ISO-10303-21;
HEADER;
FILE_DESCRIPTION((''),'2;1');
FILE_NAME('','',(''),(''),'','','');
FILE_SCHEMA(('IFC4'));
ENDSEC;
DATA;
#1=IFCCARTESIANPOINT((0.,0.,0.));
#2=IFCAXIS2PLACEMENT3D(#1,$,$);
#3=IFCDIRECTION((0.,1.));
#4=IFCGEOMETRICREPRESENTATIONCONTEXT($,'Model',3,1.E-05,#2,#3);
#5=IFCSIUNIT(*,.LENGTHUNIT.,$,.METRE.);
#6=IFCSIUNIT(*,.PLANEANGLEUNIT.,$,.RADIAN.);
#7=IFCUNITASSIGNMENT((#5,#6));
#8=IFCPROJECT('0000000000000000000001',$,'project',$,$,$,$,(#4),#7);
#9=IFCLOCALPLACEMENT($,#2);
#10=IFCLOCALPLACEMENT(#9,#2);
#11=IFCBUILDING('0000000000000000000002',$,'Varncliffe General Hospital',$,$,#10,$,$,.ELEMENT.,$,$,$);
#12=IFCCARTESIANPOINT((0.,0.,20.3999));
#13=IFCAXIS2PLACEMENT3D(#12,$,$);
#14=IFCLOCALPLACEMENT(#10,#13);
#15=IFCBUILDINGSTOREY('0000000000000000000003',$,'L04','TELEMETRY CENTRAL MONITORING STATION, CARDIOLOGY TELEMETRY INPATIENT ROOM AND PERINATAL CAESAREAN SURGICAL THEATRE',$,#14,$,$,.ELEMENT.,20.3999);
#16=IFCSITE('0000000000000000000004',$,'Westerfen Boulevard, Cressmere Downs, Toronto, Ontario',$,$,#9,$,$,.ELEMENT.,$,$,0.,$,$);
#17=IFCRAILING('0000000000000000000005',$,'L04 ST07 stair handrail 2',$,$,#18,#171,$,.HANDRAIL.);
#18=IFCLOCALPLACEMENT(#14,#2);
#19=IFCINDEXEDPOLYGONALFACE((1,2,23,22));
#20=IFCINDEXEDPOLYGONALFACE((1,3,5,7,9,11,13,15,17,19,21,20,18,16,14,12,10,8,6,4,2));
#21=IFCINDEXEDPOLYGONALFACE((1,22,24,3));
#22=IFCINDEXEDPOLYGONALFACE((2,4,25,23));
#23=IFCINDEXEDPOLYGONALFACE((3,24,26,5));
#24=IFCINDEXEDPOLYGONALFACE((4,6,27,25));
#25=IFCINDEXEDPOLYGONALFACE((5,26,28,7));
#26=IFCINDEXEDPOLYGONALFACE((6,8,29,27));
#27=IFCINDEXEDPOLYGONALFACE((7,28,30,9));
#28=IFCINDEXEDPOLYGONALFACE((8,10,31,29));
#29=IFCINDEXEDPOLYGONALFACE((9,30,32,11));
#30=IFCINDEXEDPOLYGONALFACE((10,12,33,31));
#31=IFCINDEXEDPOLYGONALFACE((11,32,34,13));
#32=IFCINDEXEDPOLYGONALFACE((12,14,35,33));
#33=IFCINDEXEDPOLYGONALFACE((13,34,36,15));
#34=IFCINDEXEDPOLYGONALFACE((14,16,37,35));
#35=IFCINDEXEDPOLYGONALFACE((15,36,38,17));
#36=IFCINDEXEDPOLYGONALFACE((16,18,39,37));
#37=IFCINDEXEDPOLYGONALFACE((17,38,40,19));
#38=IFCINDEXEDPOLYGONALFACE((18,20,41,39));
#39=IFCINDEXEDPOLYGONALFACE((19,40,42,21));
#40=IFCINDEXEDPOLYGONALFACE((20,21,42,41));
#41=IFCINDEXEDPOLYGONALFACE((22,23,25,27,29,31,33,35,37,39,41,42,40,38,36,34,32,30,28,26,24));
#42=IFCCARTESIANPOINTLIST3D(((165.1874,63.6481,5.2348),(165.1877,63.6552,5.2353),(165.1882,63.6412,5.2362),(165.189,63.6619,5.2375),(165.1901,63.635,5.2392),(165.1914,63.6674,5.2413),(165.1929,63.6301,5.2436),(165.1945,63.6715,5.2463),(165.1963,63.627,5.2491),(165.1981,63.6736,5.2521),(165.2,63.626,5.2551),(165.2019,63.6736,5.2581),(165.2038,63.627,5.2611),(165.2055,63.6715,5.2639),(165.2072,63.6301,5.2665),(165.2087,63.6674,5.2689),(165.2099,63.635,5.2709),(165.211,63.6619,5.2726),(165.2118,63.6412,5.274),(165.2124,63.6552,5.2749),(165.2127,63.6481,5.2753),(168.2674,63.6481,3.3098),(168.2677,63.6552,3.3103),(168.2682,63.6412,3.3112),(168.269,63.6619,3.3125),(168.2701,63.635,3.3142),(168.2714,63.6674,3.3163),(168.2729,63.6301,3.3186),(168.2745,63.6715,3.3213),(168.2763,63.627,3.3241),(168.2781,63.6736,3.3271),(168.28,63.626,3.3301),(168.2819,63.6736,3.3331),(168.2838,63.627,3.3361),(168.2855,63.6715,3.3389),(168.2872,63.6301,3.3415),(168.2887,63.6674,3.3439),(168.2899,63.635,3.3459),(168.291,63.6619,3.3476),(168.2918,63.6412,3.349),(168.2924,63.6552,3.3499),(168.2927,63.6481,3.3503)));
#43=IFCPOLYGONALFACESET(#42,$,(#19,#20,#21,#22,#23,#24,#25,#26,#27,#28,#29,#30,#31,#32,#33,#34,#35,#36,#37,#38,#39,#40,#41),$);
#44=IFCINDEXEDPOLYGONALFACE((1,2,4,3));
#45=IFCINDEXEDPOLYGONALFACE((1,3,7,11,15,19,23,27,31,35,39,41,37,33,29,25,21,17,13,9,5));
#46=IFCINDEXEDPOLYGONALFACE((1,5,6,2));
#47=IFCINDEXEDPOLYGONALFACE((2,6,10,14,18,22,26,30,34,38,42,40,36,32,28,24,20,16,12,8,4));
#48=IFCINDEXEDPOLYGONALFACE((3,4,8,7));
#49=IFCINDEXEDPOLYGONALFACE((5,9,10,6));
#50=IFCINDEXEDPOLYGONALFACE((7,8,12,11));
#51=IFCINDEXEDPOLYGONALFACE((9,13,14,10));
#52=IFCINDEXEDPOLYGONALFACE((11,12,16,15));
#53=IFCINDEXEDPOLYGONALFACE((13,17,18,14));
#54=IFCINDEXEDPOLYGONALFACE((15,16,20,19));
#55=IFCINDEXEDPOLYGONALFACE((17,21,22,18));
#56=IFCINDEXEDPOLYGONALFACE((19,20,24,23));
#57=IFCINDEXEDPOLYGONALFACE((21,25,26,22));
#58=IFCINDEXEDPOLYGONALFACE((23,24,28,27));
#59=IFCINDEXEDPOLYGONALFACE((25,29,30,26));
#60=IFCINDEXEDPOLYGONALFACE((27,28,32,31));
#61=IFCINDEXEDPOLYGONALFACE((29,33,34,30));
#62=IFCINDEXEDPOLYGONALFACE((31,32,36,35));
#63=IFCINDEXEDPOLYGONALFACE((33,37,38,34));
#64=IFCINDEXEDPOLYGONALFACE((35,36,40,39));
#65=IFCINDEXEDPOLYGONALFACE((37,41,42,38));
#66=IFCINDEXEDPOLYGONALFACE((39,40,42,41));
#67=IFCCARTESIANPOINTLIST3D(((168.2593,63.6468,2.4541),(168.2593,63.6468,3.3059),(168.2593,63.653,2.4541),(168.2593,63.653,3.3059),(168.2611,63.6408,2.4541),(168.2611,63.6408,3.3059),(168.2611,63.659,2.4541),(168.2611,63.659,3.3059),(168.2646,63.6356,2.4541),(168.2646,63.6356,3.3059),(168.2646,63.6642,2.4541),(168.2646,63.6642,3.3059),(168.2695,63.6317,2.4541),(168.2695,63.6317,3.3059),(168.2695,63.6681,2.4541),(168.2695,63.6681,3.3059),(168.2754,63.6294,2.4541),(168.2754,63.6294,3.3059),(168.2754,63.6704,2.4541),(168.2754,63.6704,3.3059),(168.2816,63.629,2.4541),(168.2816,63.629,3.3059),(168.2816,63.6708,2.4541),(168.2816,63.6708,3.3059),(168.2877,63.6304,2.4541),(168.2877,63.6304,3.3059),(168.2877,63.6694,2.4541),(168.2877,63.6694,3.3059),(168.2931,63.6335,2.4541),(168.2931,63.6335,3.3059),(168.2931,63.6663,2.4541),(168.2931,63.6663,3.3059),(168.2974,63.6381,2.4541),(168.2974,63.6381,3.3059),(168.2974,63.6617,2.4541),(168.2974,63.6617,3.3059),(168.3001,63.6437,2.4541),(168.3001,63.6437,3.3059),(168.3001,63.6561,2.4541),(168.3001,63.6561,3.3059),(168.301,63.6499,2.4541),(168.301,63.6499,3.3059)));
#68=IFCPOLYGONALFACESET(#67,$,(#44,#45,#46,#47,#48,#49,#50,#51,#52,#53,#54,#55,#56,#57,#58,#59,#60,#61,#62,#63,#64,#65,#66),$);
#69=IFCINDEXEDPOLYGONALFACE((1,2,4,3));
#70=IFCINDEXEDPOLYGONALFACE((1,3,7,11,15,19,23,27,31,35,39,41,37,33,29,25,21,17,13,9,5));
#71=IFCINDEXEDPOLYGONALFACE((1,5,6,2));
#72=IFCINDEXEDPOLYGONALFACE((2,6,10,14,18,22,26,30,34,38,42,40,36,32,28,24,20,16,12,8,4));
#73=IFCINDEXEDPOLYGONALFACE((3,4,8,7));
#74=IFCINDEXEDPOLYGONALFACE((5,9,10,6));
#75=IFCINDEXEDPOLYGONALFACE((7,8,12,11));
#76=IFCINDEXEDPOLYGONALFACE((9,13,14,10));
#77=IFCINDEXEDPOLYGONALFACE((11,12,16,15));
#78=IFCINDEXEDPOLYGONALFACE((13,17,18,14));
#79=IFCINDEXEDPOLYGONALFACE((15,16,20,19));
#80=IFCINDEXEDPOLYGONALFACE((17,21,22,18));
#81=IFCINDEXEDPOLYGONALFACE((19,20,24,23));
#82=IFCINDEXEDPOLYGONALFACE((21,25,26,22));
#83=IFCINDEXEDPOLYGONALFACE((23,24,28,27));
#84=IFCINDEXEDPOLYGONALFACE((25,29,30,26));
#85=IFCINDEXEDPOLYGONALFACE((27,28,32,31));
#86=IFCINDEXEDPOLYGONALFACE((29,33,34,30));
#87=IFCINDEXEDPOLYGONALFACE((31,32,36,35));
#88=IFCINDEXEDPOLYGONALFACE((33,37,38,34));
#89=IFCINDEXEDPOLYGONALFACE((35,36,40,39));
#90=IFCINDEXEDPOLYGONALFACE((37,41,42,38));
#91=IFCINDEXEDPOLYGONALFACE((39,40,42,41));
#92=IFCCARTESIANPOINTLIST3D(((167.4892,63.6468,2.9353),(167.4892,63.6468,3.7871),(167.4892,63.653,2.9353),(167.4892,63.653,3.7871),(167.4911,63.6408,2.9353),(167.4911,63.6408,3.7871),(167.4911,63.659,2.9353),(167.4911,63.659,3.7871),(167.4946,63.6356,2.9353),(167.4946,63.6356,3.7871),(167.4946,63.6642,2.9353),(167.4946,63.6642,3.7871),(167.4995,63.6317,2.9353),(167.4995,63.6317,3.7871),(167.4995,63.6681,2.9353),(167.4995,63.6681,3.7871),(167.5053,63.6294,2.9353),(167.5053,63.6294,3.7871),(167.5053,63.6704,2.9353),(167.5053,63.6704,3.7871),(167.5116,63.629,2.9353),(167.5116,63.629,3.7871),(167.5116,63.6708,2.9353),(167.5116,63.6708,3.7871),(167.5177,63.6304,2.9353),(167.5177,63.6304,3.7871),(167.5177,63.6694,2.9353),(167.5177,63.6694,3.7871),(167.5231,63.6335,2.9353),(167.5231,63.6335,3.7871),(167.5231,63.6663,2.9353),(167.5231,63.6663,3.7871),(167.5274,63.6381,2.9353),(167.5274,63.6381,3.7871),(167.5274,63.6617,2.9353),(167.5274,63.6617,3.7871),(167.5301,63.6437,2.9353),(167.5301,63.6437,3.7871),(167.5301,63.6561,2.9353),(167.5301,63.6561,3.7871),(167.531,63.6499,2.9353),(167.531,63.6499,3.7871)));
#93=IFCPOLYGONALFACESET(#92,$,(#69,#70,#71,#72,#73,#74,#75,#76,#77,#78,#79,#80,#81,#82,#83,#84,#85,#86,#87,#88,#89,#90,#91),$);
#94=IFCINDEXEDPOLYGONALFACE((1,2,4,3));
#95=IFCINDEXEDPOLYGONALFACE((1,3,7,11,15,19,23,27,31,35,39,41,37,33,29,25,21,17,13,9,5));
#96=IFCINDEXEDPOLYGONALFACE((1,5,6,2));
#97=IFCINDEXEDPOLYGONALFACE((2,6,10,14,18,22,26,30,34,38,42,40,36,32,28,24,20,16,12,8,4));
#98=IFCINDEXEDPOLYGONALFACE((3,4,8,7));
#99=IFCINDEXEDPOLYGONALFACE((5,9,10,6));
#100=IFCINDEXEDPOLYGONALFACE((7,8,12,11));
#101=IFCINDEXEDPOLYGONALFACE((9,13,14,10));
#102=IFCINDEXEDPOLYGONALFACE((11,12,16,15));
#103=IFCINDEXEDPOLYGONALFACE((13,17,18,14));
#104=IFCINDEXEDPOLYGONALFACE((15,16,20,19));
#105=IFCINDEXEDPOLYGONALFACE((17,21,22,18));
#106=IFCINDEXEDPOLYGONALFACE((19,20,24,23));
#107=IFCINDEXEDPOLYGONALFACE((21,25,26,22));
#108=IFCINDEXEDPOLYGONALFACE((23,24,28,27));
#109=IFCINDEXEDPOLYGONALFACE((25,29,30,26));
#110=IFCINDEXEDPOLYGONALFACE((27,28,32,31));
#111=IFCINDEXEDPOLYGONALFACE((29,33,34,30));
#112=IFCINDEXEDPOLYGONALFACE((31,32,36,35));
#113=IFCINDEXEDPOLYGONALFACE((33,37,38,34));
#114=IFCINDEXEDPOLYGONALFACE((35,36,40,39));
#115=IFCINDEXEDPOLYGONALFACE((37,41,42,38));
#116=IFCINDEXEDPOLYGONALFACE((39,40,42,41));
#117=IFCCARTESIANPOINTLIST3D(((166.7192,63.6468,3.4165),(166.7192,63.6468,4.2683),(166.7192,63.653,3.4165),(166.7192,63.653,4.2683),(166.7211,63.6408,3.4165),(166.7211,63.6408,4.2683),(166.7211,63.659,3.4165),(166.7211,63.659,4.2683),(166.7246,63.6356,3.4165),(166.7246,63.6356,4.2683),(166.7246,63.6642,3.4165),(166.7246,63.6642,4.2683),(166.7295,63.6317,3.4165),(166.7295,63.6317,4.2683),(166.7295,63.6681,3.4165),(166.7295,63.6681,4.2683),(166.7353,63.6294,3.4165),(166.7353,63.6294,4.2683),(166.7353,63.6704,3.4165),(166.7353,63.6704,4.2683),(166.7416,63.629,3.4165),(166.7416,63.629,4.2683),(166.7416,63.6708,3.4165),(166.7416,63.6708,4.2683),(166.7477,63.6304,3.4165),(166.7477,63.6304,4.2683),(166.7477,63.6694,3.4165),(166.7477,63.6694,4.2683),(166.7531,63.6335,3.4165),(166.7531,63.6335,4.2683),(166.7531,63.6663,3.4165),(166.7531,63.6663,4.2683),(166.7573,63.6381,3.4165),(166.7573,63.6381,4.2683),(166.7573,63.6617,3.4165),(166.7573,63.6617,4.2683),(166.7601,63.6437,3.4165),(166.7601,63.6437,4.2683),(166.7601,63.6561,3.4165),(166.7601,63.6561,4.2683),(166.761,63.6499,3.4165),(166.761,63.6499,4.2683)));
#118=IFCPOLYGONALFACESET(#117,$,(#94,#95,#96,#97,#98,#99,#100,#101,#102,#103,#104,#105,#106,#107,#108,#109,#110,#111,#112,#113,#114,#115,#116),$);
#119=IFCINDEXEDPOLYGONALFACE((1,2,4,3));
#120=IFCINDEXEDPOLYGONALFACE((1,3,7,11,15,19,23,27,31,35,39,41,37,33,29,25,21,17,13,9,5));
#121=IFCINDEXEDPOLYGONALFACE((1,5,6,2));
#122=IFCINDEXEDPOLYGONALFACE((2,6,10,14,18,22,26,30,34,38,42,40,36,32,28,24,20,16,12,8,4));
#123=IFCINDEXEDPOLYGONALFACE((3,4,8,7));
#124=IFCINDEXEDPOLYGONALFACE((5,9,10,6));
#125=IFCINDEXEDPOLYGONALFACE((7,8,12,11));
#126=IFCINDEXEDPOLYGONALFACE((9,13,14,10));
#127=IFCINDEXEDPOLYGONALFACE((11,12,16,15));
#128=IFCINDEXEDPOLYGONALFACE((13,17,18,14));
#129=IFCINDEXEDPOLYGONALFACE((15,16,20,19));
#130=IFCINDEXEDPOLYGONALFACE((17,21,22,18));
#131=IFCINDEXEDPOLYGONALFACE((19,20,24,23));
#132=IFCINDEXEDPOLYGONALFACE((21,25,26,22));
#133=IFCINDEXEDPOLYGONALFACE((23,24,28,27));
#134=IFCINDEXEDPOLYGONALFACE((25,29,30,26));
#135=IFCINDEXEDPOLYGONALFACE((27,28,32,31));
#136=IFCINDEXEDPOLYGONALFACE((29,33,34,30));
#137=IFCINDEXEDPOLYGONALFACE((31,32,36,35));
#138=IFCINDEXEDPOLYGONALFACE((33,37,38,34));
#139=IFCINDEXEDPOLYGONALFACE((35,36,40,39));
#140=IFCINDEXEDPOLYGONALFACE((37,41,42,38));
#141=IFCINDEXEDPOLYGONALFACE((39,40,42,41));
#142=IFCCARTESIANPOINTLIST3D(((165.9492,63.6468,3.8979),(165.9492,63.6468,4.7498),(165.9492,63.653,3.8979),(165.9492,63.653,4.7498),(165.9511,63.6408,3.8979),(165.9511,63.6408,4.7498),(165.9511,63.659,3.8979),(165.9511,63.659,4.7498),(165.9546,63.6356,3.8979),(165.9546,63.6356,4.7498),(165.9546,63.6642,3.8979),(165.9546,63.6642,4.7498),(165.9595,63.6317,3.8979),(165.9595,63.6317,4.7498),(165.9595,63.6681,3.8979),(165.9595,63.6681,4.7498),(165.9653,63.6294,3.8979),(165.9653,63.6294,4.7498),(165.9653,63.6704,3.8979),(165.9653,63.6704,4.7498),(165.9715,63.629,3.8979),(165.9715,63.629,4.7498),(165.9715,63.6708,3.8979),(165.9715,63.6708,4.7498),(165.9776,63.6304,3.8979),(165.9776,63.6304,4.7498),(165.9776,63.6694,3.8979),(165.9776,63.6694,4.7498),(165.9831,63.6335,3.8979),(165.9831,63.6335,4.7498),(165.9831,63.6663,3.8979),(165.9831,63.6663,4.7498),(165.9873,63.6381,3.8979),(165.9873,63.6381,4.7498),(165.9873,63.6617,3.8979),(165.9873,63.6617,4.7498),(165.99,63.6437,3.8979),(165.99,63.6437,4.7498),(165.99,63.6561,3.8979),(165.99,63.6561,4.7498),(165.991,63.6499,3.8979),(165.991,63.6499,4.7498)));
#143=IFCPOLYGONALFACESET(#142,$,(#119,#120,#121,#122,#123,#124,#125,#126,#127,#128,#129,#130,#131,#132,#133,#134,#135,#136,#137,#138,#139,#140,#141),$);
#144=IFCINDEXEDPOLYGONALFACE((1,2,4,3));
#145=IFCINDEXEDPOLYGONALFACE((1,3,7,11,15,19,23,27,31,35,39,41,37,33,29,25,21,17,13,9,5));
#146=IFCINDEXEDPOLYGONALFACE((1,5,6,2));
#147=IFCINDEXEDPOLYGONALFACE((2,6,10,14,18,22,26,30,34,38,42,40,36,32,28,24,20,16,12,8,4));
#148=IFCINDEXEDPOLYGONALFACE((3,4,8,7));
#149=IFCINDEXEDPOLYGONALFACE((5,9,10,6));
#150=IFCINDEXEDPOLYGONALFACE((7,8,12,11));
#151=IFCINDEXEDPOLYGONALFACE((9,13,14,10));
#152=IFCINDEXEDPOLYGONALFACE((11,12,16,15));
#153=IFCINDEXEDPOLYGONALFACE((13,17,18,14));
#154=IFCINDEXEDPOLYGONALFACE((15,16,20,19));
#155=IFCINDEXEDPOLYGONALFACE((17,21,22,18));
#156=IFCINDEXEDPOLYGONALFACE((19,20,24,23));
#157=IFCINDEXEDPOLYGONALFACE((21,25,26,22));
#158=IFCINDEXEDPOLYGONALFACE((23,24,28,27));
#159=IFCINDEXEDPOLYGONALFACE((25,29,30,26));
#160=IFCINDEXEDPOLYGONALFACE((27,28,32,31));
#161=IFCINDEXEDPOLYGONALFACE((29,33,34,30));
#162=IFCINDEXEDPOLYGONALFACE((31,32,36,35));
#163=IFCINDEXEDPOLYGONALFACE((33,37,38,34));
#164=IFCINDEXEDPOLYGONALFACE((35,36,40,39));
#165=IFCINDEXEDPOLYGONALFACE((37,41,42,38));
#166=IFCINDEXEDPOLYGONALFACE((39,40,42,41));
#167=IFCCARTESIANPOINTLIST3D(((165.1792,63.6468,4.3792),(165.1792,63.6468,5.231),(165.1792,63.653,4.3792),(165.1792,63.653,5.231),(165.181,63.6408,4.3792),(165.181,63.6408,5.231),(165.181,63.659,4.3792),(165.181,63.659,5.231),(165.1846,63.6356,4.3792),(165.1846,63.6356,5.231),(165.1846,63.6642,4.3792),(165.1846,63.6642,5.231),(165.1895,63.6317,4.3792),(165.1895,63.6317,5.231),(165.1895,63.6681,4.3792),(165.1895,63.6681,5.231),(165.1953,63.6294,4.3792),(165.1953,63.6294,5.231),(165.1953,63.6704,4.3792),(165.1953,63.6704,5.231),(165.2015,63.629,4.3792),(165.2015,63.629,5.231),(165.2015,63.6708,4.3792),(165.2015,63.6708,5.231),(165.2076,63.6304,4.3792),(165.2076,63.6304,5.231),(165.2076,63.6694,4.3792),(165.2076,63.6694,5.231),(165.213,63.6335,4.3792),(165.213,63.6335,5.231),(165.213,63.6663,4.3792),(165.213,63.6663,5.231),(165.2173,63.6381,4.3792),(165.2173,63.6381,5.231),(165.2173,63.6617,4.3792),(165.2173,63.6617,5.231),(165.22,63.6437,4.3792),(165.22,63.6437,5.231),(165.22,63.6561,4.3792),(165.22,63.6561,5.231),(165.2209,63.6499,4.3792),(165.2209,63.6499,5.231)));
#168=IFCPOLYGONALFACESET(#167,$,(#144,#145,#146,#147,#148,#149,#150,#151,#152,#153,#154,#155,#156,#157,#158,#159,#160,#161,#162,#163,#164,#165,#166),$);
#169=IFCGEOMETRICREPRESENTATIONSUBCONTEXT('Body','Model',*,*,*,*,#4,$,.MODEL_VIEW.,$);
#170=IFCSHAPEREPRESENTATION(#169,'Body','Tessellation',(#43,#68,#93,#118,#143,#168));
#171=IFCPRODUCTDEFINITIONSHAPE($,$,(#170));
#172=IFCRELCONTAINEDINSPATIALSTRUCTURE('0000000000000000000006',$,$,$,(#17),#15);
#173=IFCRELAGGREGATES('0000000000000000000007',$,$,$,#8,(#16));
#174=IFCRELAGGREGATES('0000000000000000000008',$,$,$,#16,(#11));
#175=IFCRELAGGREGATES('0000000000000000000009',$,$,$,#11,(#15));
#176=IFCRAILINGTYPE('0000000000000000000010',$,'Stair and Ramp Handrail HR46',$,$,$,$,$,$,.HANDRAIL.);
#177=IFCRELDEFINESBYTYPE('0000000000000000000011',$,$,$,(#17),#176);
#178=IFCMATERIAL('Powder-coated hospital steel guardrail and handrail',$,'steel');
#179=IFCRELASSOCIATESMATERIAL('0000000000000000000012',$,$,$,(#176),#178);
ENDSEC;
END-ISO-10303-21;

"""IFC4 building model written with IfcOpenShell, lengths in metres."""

from ifc_helpers import new_model, si_unit, direction, frame, origin, origin_2d, place, context, subcontext, project, spatial, circle, extrude, material, type_object, element, save


model = new_model("IFC4")

# Units and contexts
model_context = context("Model", 3, precision=1e-05, world=origin(), true_north=direction((0.0, 1.0)))
body_context = subcontext(model_context, "Body", "Model", "MODEL_VIEW")
ifc_project = project(units=[si_unit("LENGTHUNIT", "METRE"), si_unit("PLANEANGLEUNIT", "RADIAN")], contexts=[model_context])

# Site, building, storey
site_placement = place(None, origin())
site = spatial("IfcSite", under=ifc_project, at=site_placement, Name="Westerfen Boulevard, Cressmere Downs, Toronto, Ontario", CompositionType="ELEMENT", RefElevation=0.0)
building_placement = place(site_placement, origin())
building = spatial("IfcBuilding", under=site, at=building_placement, Name="Varncliffe General Hospital", CompositionType="ELEMENT")
storey_placement = place(building_placement, frame((0.0, 0.0, 20.3999)))
storey = spatial("IfcBuildingStorey", under=building, at=storey_placement, Name="L04", Description="TELEMETRY CENTRAL MONITORING STATION, CARDIOLOGY TELEMETRY INPATIENT ROOM AND PERINATAL CAESAREAN SURGICAL THEATRE", CompositionType="ELEMENT", Elevation=20.3999)

# Railing
ifc_material_1 = material(Name="Powder-coated hospital steel guardrail and handrail", Category="steel")
railing_type_1 = type_object("IfcRailingType", Name="Stair and Ramp Handrail HR46", PredefinedType="HANDRAIL", material=ifc_material_1)
railing_1_placement = place(storey_placement, frame((168.28, 63.6499, 2.4541)))
element("IfcRailing", 1, at=railing_1_placement, inside=storey, type_object=railing_type_1, Name="L04 ST07 stair handrail 2", PredefinedType="HANDRAIL", context=body_context, shape_type="SweptSolid", body=[
    extrude(circle(Radius=0.0239, at=origin_2d()), frame((0.0, 0.0, 0.876), z_axis=(-0.847998, 0.0, 0.529999), x_axis=(0.0, -1.0, 0.0)), (0.0, 0.0, 1.0), 3.6321),
    extrude(circle(Radius=0.021, at=origin_2d()), origin(), (0.0, 0.0, 1.0), 0.8518),
    extrude(circle(Radius=0.021, at=origin_2d()), frame((-0.77, 0.0, 0.4812)), (0.0, 0.0, 1.0), 0.8518),
    extrude(circle(Radius=0.021, at=origin_2d()), frame((-1.54, 0.0, 0.9624)), (0.0, 0.0, 1.0), 0.8518),
    extrude(circle(Radius=0.021, at=origin_2d()), frame((-2.3101, 0.0, 1.4438)), (0.0, 0.0, 1.0), 0.8518),
    extrude(circle(Radius=0.021, at=origin_2d()), frame((-3.0801, 0.0, 1.925)), (0.0, 0.0, 1.0), 0.8518),
])

save(model, "model.ifc")
